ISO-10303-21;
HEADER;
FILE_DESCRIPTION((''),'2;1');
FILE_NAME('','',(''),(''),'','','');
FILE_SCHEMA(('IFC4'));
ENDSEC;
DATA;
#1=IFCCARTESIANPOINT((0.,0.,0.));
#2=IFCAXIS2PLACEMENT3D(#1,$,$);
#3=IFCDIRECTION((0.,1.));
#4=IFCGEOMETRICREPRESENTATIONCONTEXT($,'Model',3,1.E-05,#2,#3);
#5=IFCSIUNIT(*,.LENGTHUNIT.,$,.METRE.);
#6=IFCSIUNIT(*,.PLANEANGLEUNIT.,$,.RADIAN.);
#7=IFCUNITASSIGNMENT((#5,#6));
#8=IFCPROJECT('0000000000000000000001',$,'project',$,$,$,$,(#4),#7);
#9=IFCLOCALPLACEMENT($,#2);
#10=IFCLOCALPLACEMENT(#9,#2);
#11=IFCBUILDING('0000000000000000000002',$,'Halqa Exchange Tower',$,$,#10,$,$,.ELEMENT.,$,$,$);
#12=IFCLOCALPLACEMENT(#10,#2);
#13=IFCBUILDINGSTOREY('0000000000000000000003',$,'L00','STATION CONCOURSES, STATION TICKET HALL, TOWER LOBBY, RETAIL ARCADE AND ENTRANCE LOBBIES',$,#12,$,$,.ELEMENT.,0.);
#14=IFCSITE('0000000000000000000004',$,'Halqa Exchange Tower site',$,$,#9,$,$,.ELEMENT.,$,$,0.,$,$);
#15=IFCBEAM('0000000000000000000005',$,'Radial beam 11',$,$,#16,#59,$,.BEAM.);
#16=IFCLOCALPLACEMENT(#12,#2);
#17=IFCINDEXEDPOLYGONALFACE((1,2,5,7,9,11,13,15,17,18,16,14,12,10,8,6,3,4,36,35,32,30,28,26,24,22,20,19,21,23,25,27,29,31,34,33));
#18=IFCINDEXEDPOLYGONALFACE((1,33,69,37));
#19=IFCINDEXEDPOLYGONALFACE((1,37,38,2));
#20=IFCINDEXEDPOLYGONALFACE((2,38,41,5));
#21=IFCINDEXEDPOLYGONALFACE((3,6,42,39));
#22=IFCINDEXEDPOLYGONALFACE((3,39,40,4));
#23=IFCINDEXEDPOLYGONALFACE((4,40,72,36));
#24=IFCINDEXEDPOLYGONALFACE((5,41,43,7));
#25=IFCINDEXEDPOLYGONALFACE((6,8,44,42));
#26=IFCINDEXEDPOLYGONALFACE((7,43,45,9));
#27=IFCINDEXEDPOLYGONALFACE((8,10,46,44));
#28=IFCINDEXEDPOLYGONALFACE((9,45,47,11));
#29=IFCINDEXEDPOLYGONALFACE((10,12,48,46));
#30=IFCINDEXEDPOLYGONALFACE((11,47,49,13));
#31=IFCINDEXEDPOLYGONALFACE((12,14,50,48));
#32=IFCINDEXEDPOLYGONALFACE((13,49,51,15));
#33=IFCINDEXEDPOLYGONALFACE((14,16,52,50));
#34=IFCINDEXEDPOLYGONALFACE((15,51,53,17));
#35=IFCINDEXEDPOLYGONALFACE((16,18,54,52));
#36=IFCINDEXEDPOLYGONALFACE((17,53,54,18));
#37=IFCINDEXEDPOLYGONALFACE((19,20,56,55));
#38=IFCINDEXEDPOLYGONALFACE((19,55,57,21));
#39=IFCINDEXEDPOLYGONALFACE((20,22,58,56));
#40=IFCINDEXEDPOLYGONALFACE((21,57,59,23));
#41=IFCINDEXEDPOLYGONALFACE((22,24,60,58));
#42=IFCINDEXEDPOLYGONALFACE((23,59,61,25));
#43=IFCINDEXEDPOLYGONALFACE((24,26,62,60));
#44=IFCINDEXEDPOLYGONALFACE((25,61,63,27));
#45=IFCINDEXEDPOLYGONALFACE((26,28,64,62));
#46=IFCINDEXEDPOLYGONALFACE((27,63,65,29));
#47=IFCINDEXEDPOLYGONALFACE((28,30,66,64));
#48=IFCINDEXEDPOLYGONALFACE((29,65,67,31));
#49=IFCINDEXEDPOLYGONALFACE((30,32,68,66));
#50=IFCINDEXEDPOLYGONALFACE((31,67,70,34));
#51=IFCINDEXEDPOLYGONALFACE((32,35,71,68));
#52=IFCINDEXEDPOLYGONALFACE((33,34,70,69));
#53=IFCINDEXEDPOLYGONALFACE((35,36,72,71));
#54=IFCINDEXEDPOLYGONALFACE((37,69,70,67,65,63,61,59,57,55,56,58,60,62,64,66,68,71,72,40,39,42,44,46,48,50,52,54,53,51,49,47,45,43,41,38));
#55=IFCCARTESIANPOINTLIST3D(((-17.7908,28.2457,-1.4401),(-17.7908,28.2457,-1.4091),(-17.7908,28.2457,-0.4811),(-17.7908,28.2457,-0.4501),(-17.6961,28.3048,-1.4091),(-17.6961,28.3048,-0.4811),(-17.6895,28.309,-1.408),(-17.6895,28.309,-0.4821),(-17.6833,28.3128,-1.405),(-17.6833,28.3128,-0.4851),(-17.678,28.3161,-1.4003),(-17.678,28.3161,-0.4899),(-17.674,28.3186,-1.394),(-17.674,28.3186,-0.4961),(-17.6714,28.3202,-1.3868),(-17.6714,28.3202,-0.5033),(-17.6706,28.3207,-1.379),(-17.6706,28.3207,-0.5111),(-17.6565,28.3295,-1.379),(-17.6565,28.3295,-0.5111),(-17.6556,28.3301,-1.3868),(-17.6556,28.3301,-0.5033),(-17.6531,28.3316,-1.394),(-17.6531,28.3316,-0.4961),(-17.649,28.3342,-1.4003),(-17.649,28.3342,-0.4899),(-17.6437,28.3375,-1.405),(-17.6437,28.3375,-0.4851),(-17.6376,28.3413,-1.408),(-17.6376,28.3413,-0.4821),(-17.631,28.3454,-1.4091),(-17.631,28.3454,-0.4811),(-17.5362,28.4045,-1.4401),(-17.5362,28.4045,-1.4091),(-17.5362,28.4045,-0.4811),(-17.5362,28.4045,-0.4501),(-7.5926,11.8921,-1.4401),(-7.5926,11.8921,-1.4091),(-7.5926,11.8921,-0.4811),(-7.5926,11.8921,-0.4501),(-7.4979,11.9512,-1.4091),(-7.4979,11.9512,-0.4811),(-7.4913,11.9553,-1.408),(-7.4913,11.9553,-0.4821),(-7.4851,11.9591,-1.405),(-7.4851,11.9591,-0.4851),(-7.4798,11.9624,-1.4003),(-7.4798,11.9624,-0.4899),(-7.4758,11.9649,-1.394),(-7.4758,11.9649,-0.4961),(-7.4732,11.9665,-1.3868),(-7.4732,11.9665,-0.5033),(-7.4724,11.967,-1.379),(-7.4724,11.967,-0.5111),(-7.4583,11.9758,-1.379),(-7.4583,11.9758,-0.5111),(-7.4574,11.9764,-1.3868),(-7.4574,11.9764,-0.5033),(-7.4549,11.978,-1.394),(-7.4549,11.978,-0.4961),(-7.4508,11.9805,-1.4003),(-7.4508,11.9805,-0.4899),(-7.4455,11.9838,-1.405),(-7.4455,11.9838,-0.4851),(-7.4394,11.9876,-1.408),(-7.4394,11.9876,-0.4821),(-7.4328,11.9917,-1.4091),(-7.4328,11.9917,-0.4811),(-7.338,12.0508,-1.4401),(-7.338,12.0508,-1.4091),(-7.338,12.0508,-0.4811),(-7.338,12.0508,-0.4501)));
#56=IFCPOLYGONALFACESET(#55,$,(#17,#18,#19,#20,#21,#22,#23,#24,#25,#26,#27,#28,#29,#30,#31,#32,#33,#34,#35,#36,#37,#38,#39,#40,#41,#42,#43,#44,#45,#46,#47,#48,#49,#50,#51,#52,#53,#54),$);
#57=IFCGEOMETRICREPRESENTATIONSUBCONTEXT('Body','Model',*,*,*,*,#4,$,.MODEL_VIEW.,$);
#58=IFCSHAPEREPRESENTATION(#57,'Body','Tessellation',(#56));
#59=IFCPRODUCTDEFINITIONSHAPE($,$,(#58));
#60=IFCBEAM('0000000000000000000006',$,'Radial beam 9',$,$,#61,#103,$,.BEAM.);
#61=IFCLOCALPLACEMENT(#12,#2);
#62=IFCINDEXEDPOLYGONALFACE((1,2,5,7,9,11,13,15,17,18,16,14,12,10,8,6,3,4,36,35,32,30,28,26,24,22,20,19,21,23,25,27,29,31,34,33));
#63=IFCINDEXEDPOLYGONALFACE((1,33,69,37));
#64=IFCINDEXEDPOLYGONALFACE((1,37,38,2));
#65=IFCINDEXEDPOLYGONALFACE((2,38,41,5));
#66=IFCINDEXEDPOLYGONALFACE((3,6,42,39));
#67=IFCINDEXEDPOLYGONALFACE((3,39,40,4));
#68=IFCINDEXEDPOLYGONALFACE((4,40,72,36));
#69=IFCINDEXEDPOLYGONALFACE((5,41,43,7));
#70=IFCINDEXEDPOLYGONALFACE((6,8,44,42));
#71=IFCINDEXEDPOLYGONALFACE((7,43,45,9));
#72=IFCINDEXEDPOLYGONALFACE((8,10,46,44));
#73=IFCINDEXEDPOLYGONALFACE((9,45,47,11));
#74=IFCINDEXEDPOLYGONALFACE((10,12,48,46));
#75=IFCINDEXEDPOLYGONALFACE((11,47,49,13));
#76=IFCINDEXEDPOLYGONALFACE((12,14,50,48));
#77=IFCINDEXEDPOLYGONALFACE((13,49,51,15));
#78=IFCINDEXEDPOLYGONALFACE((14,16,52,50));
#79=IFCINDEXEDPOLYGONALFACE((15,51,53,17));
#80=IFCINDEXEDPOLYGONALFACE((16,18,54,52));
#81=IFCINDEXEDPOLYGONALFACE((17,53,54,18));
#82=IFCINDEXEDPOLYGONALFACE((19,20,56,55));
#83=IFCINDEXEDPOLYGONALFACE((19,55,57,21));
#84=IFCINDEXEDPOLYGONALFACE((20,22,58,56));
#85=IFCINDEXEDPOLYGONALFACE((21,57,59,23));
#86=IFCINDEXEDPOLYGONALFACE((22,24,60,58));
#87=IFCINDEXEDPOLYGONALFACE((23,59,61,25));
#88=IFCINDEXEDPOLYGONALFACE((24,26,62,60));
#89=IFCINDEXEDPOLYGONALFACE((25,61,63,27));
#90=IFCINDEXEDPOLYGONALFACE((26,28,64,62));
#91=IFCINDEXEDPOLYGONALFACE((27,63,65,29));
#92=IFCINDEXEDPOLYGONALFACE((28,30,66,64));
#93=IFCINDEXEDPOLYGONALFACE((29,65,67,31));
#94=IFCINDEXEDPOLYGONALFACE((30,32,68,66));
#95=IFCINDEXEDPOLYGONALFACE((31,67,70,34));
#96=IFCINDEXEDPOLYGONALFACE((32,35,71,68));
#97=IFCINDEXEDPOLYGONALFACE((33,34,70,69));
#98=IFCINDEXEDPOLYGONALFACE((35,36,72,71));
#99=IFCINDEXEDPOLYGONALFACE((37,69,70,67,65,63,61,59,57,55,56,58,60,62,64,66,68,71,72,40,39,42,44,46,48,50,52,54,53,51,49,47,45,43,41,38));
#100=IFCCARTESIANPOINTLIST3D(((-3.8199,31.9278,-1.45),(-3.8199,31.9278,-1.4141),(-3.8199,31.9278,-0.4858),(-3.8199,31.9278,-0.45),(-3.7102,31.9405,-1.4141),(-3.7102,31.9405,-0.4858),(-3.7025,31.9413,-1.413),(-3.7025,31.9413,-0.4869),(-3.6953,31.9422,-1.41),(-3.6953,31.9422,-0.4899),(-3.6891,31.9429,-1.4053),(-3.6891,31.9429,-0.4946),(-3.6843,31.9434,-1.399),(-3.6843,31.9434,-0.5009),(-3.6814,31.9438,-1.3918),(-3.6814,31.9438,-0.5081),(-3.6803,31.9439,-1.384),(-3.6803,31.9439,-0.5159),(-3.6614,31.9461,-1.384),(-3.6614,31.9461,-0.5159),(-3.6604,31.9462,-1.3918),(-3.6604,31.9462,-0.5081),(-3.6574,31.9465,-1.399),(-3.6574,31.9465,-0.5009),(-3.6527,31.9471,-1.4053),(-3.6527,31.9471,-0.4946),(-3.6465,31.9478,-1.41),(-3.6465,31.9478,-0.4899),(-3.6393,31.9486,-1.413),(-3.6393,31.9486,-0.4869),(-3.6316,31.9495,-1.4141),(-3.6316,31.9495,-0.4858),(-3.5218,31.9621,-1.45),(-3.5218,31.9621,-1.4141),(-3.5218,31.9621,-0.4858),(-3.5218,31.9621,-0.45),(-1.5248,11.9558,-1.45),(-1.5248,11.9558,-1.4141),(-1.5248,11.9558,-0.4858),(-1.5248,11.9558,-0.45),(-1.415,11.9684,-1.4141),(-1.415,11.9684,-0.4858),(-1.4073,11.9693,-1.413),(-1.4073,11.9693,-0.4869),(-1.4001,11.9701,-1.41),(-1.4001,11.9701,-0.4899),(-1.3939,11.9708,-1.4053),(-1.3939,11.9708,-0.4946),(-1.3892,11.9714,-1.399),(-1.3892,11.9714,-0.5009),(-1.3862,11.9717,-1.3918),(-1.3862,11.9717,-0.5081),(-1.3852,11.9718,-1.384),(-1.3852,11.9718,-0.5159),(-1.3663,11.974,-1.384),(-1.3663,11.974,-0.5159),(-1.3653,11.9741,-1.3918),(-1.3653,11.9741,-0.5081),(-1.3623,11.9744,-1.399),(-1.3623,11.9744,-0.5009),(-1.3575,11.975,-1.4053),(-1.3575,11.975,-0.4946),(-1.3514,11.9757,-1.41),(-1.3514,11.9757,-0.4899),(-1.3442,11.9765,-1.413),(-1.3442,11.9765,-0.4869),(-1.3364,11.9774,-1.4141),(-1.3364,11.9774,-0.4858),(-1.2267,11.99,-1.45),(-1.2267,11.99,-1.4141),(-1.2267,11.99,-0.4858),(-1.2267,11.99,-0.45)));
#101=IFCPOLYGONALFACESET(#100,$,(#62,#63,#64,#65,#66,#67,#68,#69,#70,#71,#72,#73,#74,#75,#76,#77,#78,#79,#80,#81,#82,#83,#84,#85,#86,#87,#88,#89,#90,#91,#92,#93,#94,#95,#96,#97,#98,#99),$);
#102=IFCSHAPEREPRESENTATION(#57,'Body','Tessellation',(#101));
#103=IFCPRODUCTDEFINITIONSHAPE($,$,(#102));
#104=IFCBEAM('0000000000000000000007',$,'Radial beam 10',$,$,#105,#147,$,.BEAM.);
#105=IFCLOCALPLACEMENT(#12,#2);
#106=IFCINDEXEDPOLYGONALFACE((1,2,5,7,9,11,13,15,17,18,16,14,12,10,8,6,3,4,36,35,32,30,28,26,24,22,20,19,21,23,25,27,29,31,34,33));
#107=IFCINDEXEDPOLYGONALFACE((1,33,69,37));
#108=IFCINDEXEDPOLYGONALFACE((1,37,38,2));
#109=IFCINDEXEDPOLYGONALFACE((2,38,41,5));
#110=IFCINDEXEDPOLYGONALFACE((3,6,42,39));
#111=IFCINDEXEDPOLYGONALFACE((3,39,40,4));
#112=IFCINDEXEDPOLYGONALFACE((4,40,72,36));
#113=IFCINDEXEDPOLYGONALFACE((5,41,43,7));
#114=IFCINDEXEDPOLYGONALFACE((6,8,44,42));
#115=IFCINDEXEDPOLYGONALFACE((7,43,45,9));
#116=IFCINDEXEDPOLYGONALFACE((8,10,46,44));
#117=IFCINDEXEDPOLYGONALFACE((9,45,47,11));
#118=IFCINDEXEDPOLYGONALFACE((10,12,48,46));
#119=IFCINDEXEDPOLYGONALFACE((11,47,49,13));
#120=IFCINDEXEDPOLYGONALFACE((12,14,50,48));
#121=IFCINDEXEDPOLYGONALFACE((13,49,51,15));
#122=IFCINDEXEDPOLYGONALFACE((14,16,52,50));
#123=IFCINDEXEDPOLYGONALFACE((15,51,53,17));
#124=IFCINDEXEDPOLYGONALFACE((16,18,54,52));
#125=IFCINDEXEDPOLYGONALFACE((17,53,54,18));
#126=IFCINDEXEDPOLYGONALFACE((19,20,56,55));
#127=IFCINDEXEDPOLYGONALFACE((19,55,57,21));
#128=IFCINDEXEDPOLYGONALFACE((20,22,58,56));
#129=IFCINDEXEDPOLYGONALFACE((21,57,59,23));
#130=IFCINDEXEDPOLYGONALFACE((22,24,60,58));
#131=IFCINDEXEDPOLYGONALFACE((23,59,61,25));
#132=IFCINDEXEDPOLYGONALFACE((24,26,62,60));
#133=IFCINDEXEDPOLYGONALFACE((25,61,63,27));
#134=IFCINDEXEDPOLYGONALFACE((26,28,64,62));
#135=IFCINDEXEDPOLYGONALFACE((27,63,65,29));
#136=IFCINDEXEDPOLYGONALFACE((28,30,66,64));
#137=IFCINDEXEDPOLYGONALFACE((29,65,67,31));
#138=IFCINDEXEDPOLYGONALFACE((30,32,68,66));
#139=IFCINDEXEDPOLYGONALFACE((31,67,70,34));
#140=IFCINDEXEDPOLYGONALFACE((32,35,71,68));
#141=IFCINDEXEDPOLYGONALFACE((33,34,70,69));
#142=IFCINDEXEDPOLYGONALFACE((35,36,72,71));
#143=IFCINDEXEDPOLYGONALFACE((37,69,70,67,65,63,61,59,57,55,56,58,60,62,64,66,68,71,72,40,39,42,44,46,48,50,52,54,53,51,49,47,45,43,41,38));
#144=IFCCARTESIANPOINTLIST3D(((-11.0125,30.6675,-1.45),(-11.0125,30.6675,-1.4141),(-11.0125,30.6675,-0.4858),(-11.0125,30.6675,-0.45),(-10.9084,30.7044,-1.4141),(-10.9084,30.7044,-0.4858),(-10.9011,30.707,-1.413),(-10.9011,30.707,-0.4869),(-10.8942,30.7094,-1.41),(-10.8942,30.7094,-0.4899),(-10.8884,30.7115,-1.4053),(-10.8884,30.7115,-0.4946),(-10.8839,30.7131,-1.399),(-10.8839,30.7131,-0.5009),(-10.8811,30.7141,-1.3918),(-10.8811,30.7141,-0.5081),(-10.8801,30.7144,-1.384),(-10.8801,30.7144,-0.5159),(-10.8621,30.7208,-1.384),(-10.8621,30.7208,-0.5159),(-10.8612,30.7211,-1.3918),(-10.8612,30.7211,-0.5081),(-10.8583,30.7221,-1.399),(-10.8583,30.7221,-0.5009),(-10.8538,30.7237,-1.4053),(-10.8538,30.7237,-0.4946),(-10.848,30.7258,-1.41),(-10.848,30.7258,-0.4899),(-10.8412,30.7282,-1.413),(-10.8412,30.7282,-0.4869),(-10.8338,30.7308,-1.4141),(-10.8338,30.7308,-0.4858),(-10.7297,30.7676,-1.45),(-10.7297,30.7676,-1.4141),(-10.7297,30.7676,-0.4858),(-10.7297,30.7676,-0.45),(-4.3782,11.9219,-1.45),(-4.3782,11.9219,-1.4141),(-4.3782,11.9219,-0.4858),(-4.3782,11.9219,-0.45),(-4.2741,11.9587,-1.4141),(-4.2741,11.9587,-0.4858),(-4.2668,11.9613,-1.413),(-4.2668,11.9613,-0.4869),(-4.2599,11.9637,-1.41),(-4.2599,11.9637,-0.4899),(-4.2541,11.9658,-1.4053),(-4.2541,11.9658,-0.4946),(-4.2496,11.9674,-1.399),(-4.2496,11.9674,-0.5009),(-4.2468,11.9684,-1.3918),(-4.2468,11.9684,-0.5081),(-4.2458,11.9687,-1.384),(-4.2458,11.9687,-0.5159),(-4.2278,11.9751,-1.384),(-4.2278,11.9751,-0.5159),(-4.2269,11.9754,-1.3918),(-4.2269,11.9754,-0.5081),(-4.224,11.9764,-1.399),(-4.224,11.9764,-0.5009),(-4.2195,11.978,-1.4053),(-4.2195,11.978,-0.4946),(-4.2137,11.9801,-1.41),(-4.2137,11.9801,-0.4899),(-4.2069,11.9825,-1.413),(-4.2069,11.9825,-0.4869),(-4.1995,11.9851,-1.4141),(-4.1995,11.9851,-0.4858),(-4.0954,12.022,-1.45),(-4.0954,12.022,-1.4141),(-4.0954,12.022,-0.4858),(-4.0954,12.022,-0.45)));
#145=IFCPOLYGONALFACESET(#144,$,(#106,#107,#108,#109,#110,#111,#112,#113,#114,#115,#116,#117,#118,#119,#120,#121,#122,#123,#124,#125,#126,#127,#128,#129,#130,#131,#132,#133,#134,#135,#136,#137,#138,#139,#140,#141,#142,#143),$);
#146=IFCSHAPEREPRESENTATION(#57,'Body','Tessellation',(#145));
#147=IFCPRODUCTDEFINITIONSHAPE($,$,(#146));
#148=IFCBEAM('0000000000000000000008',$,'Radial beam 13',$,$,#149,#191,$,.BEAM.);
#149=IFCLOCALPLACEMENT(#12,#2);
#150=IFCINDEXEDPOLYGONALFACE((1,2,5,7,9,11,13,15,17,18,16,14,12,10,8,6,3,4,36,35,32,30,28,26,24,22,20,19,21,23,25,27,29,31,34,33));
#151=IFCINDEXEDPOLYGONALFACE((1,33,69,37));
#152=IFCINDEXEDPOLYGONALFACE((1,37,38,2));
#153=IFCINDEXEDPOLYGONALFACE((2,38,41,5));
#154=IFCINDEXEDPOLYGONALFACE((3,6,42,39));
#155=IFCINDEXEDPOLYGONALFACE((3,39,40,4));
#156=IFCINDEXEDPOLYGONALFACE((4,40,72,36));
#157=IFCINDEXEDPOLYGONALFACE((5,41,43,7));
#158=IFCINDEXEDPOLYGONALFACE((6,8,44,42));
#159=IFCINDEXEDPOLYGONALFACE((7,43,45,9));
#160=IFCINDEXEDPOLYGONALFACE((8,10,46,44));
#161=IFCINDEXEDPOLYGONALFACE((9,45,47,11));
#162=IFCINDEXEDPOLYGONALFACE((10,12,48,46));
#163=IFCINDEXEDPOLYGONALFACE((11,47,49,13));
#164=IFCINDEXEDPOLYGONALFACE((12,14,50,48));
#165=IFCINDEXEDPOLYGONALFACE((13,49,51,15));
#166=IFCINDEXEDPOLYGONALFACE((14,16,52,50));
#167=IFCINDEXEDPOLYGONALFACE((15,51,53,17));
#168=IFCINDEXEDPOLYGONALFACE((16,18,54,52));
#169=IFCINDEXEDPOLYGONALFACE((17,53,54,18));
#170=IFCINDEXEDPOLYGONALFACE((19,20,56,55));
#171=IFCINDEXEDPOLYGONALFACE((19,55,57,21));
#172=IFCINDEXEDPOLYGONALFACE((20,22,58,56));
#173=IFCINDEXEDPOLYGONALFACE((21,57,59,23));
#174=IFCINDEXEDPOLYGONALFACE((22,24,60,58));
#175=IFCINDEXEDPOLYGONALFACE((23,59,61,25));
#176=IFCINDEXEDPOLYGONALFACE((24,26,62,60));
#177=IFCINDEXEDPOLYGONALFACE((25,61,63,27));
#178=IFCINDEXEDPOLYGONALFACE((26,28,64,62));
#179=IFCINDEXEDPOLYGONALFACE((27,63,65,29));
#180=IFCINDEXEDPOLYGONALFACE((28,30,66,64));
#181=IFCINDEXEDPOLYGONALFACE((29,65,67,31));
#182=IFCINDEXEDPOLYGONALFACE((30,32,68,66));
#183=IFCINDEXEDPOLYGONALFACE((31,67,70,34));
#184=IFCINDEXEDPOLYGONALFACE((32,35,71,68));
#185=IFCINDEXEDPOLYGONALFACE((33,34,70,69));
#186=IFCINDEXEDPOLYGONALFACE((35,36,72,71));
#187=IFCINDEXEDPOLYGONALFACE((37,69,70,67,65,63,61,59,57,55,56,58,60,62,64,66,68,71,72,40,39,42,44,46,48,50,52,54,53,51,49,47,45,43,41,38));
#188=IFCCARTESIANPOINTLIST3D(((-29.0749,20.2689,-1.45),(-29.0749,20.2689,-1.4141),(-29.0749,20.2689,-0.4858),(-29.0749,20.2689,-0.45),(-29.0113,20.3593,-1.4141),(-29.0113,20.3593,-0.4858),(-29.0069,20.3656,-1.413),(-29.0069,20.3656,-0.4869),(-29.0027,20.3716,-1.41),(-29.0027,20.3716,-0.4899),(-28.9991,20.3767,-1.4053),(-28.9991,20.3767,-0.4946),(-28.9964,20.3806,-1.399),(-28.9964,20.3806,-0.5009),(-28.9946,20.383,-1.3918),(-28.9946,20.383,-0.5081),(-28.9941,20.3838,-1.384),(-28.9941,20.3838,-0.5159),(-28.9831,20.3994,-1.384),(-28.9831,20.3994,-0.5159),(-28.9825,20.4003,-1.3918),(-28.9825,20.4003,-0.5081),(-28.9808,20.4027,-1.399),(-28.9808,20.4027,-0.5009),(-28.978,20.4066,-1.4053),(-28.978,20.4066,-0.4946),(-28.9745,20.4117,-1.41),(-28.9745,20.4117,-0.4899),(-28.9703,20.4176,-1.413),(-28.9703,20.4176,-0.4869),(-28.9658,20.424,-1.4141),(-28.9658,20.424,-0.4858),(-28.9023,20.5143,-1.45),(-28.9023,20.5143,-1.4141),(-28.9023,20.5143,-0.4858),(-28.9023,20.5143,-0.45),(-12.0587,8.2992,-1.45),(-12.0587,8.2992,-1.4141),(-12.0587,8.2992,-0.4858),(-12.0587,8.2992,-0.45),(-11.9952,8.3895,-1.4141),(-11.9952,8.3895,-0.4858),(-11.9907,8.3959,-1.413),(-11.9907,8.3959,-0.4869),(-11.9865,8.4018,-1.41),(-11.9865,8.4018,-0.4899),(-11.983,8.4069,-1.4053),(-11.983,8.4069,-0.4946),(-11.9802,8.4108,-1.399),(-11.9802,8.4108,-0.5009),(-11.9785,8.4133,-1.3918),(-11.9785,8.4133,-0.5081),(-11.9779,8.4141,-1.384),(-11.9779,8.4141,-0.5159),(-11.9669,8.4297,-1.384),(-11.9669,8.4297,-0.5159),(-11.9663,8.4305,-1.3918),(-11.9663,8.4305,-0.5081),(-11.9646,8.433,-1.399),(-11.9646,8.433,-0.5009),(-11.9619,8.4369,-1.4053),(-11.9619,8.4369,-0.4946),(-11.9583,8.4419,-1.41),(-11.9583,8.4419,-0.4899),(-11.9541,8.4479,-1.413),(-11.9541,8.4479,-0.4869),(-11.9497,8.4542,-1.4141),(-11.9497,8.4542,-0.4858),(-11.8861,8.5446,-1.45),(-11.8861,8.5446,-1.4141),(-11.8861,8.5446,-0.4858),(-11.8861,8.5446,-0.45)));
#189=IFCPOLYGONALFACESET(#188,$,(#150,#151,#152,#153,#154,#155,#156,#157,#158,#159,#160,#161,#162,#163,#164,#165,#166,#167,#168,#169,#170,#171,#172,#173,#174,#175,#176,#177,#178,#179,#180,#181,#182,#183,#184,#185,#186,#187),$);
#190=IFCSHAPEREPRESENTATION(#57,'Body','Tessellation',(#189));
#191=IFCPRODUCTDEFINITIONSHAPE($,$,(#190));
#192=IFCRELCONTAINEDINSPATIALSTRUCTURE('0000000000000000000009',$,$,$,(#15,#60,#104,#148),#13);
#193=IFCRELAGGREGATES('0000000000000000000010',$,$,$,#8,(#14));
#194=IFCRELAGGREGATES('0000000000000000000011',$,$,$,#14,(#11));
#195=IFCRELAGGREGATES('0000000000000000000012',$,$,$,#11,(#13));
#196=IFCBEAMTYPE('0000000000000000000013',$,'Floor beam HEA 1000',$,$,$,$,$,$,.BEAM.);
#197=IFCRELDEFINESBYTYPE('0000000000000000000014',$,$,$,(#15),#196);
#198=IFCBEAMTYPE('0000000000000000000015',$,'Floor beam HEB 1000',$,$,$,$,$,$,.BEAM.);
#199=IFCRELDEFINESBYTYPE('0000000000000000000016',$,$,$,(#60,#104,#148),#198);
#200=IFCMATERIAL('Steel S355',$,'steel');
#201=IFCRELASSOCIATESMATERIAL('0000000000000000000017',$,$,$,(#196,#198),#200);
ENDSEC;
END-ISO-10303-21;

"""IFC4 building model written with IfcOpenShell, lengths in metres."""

from ifc_helpers import new_model, si_unit, direction, frame, origin, origin_2d, place, context, subcontext, project, spatial, i_section, extrude, material, material_profile, profile_set, type_object, element, save


model = new_model("IFC4")

# Units and contexts
model_context = context("Model", 3, precision=1e-05, world=origin(), true_north=direction((0.0, 1.0)))
body_context = subcontext(model_context, "Body", "Model", "MODEL_VIEW")
ifc_project = project(units=[si_unit("LENGTHUNIT", "METRE"), si_unit("PLANEANGLEUNIT", "RADIAN")], contexts=[model_context])

# Site, building, storey
site_placement = place(None, origin())
site = spatial("IfcSite", under=ifc_project, at=site_placement, Name="Halqa Exchange Tower site", CompositionType="ELEMENT", RefElevation=0.0)
building_placement = place(site_placement, origin())
building = spatial("IfcBuilding", under=site, at=building_placement, Name="Halqa Exchange Tower", CompositionType="ELEMENT")
storey_placement = place(building_placement, origin())
storey = spatial("IfcBuildingStorey", under=building, at=storey_placement, Name="L00", Description="STATION CONCOURSES, STATION TICKET HALL, TOWER LOBBY, RETAIL ARCADE AND ENTRANCE LOBBIES", CompositionType="ELEMENT", Elevation=0.0)

# Beams
ifc_material_1 = material(Name="Steel S355", Category="steel")
ifc_material_profile_1 = material_profile(ifc_material_1, i_section(OverallWidth=0.3, OverallDepth=0.99, WebThickness=0.0166, FlangeThickness=0.031, FilletRadius=0.03, at=origin_2d()), Name="HEA 1000")
ifc_profile_set_1 = profile_set([ifc_material_profile_1], Name="Steel S355")
beam_type_1 = type_object("IfcBeamType", Name="Floor beam HEA 1000", PredefinedType="BEAM", material=ifc_profile_set_1)
beam_1_placement = place(storey_placement, frame((-7.4653, 11.9714, -0.9451), z_axis=(-0.529146, 0.848531, 0.0), x_axis=(-0.848531, -0.529146, 0.0)))
element("IfcBeam", 1, at=beam_1_placement, inside=storey, type_object=beam_type_1, Name="Radial beam 11", PredefinedType="BEAM", context=body_context, shape_type="SweptSolid", body=[
    extrude(i_section(OverallWidth=0.3, OverallDepth=0.99, WebThickness=0.0166, FlangeThickness=0.031, FilletRadius=0.03, at=origin_2d()), origin(), (0.0, 0.0, 1.0), 19.2729),
])
ifc_material_profile_2 = material_profile(ifc_material_1, i_section(OverallWidth=0.3, OverallDepth=1.0, WebThickness=0.019, FlangeThickness=0.0359, FilletRadius=0.03, at=origin_2d()), Name="HEB 1000")
ifc_profile_set_2 = profile_set([ifc_material_profile_2], Name="Steel S355")
beam_type_2 = type_object("IfcBeamType", Name="Floor beam HEB 1000", PredefinedType="BEAM", material=ifc_profile_set_2)
beam_2_placement = place(storey_placement, frame((-1.3757, 11.9729, -0.95), z_axis=(-0.114167, 0.993462, 0.0), x_axis=(-0.993462, -0.114167, 0.0)))
element("IfcBeam", 2, at=beam_2_placement, inside=storey, type_object=beam_type_2, Name="Radial beam 9", PredefinedType="BEAM", context=body_context, shape_type="SweptSolid", body=[
    extrude(i_section(OverallWidth=0.3, OverallDepth=1.0, WebThickness=0.019, FlangeThickness=0.0359, FilletRadius=0.03, at=origin_2d()), origin(), (0.0, 0.0, 1.0), 20.1035),
])
beam_3_placement = place(storey_placement, frame((-4.2368, 11.9719, -0.95), z_axis=(-0.333633, 0.942703, 0.0), x_axis=(-0.942703, -0.333633, 0.0)))
element("IfcBeam", 3, at=beam_3_placement, inside=storey, type_object=beam_type_2, Name="Radial beam 10", PredefinedType="BEAM", context=body_context, shape_type="SweptSolid", body=[
    extrude(i_section(OverallWidth=0.3, OverallDepth=1.0, WebThickness=0.019, FlangeThickness=0.0359, FilletRadius=0.03, at=origin_2d()), origin(), (0.0, 0.0, 1.0), 19.885),
])
beam_4_placement = place(storey_placement, frame((-11.9724, 8.4219, -0.95), z_axis=(-0.81791, 0.575346, 0.0), x_axis=(-0.575346, -0.81791, 0.0)))
element("IfcBeam", 4, at=beam_4_placement, inside=storey, type_object=beam_type_2, Name="Radial beam 13", PredefinedType="BEAM", context=body_context, shape_type="SweptSolid", body=[
    extrude(i_section(OverallWidth=0.3, OverallDepth=1.0, WebThickness=0.019, FlangeThickness=0.0359, FilletRadius=0.03, at=origin_2d()), origin(), (0.0, 0.0, 1.0), 20.8044),
])

save(model, "model.ifc")
